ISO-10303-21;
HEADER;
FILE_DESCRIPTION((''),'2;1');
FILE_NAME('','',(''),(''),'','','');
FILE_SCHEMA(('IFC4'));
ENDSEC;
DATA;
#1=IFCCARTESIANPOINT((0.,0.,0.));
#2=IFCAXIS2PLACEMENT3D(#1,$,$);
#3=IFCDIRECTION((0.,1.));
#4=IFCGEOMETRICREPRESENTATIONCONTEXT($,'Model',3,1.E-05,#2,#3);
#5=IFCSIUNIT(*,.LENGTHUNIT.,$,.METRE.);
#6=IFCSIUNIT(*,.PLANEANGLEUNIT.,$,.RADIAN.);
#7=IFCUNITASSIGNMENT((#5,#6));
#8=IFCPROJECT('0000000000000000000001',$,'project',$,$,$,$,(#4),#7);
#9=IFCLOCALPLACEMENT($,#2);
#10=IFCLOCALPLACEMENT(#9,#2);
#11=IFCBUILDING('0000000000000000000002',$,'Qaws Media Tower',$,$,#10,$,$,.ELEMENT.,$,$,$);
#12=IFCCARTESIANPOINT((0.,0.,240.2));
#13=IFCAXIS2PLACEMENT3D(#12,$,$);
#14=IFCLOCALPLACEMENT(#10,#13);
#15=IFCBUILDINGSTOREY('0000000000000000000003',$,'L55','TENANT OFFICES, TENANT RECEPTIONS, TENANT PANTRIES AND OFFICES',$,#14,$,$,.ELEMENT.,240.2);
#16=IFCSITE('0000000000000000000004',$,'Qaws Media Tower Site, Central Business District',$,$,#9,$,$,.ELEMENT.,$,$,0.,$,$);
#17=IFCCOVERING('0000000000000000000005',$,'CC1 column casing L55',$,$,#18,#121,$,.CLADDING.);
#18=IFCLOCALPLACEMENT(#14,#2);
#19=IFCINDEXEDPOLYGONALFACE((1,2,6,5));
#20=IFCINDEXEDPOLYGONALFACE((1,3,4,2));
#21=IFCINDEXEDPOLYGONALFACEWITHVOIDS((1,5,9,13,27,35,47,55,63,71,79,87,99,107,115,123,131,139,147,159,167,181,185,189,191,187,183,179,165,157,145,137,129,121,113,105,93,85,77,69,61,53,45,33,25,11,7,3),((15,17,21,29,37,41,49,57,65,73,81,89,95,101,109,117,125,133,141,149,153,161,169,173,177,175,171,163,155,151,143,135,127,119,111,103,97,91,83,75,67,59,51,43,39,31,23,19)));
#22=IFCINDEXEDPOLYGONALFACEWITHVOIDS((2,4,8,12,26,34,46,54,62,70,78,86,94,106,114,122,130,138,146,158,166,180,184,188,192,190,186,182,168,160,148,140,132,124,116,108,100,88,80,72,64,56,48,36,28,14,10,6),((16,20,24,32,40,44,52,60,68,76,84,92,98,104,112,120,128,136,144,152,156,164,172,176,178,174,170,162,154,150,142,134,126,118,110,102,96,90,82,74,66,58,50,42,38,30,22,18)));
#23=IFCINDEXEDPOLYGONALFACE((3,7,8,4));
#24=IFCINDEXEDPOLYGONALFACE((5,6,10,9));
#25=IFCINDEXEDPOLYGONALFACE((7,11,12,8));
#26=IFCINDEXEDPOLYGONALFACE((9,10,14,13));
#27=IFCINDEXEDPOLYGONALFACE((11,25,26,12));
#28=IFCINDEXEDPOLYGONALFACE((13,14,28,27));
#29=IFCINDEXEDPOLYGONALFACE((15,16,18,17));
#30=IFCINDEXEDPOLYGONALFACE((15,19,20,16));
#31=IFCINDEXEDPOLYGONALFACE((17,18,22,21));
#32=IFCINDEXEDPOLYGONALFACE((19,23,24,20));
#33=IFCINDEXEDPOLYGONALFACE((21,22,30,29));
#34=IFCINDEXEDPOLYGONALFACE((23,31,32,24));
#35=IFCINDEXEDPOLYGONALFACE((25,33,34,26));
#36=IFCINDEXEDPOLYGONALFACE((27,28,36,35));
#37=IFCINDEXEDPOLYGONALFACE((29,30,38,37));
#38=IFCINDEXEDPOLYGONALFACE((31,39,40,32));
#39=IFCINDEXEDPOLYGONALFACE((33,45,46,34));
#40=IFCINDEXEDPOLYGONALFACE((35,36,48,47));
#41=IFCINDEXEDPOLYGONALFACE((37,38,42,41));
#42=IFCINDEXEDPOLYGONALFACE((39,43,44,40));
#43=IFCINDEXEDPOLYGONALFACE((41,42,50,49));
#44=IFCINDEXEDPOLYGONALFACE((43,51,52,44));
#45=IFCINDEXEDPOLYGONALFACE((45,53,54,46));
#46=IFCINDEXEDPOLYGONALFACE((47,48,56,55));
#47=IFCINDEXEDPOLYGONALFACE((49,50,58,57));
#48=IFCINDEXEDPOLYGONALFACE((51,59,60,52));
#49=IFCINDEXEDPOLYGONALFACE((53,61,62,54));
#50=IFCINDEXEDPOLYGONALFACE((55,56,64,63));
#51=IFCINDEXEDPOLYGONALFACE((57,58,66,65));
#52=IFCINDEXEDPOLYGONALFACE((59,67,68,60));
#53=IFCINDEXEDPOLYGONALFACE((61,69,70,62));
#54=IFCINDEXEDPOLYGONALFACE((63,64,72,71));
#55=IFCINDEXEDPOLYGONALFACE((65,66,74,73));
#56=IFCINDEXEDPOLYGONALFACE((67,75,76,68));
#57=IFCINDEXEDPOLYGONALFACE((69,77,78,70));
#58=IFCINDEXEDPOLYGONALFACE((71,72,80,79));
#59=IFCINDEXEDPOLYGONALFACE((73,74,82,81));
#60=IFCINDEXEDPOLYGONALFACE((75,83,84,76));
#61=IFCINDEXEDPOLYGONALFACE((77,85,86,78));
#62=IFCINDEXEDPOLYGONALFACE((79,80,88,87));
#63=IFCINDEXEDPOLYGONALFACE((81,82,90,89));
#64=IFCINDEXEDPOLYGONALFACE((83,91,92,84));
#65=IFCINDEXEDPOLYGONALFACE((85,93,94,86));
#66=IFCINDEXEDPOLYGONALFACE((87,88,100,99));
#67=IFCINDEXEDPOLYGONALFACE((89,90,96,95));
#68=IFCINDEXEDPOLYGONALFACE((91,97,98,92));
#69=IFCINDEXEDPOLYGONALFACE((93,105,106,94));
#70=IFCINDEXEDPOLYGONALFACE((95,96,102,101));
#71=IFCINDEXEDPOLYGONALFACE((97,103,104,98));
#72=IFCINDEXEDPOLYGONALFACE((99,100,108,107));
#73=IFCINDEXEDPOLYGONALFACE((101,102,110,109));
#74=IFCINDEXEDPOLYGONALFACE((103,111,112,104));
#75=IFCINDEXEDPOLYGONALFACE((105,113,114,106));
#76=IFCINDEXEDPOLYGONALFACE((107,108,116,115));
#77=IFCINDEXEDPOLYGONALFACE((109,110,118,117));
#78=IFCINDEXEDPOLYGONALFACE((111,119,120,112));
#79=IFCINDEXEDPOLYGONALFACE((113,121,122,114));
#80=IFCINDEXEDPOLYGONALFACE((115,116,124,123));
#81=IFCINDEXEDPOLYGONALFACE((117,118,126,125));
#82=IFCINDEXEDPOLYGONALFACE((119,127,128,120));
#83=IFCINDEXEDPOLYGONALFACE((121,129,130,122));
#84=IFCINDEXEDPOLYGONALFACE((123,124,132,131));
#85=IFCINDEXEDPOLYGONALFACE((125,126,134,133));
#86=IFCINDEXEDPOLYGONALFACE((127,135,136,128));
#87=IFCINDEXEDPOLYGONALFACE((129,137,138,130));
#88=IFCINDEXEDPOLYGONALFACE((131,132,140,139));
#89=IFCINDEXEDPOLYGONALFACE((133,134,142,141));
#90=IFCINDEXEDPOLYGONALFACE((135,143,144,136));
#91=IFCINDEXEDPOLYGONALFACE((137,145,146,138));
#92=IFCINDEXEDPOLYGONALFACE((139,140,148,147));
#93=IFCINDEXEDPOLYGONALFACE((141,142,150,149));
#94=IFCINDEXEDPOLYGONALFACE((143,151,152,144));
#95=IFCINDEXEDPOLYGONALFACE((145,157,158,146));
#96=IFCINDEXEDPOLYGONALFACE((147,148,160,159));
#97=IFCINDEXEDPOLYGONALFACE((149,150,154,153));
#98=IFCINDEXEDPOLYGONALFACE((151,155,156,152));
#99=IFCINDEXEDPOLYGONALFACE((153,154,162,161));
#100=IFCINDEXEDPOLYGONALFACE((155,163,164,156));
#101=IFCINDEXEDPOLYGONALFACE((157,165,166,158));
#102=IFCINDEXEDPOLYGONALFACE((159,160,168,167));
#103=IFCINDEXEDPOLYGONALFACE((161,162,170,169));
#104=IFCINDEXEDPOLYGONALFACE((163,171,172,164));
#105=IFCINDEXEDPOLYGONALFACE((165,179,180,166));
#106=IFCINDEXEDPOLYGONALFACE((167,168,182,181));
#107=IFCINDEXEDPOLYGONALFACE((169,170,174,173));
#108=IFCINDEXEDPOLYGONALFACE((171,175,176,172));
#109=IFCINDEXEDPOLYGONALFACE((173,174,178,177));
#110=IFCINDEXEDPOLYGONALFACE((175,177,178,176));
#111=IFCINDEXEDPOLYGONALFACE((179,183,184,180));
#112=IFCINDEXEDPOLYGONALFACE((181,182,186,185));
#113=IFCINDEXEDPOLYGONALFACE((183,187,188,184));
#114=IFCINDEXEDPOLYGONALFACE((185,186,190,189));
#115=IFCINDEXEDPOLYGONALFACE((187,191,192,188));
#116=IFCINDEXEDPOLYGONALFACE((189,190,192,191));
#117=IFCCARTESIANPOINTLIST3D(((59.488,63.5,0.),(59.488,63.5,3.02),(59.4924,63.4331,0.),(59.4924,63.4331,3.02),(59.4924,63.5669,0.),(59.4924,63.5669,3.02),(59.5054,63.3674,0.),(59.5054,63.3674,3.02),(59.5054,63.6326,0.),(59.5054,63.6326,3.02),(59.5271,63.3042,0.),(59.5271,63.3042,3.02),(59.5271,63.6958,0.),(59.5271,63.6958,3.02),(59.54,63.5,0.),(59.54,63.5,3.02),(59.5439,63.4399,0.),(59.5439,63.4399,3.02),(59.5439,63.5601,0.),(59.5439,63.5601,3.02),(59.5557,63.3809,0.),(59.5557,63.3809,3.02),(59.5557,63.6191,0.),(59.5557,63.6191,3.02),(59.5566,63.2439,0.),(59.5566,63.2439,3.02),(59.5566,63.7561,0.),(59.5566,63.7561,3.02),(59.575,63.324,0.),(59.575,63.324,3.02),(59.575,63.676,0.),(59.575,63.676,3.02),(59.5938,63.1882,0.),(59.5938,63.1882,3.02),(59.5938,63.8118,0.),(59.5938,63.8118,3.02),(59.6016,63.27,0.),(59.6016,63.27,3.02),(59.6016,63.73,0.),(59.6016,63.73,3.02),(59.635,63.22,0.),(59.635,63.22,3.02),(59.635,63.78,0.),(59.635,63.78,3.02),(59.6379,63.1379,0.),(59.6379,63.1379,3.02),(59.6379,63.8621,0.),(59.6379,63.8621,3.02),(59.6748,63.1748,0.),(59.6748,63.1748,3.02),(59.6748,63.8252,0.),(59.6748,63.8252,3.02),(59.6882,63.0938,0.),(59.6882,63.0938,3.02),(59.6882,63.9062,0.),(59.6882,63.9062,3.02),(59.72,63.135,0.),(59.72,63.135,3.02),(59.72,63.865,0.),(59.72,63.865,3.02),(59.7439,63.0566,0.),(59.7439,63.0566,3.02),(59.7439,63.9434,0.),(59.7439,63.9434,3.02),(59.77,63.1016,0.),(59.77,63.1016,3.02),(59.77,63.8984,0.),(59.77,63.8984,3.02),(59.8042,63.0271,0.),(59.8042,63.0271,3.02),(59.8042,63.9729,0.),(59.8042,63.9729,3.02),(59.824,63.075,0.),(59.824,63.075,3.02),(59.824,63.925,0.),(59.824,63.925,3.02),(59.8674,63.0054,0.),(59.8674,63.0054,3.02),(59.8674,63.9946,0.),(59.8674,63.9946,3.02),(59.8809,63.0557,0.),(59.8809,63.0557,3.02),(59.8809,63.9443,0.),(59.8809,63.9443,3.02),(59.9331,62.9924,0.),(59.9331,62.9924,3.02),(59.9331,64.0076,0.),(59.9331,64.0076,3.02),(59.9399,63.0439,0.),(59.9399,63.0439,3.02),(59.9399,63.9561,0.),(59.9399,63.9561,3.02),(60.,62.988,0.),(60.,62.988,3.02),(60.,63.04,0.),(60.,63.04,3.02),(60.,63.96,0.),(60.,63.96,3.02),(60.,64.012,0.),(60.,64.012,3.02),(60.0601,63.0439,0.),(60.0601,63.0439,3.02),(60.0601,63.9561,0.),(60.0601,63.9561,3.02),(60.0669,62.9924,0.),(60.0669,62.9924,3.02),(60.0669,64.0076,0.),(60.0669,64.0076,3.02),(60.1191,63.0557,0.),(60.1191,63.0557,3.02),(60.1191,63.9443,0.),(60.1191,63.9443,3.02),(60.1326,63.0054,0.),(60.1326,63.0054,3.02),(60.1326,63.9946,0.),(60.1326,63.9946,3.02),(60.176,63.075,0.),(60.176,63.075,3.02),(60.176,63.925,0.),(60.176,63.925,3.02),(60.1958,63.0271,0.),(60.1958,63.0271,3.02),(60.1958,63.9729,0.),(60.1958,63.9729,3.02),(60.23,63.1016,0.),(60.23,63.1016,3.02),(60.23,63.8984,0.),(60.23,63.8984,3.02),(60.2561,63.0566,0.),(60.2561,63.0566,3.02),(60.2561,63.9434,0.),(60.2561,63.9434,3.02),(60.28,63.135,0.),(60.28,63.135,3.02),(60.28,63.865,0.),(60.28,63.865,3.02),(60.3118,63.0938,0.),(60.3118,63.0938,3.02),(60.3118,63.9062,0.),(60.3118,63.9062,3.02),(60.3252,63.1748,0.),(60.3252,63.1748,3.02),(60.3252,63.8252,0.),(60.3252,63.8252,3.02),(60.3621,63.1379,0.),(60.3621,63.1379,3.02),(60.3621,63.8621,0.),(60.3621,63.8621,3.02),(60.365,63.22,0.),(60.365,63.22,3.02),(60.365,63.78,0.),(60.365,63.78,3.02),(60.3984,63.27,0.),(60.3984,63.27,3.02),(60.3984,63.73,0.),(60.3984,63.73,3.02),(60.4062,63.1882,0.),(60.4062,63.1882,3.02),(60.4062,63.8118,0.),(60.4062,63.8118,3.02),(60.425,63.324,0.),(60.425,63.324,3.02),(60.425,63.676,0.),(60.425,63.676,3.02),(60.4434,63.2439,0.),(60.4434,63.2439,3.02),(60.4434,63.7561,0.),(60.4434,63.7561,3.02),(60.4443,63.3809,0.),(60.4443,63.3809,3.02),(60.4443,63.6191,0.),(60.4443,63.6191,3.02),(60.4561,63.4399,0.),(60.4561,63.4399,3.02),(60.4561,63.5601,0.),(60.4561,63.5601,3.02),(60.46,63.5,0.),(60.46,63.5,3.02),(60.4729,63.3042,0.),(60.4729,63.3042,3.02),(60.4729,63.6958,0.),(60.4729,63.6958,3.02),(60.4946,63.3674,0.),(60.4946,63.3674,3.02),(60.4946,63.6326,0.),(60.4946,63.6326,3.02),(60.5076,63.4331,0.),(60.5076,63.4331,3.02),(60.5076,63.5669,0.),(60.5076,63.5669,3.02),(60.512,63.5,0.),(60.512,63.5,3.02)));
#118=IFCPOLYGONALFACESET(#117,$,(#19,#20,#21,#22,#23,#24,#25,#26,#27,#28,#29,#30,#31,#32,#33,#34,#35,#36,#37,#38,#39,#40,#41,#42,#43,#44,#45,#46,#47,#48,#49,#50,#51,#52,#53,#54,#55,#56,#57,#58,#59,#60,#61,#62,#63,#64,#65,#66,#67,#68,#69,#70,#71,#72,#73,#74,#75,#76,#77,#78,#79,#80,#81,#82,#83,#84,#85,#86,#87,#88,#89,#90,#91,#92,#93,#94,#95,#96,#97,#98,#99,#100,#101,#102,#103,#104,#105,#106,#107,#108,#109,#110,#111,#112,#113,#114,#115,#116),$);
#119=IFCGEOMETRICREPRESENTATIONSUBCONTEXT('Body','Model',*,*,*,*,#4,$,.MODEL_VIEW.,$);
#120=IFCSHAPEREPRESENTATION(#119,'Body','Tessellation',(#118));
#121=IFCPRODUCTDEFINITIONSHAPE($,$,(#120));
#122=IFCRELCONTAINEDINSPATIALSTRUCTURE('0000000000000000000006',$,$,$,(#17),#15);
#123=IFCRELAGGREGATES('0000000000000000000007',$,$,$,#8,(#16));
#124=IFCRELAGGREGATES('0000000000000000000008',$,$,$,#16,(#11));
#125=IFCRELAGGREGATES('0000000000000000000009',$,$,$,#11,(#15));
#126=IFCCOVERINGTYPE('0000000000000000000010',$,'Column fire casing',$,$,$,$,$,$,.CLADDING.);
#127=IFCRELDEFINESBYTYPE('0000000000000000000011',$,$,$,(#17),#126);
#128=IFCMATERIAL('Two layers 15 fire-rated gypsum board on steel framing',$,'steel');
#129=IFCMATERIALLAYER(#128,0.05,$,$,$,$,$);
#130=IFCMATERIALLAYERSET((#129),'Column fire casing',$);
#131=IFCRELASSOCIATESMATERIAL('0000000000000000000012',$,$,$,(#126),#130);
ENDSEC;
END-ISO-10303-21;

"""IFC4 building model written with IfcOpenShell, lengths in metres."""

from ifc_helpers import new_model, si_unit, direction, frame, origin, place, context, subcontext, project, spatial, polyline, outline, extrude, material, layer, layer_set, type_object, element, save


model = new_model("IFC4")

# Units and contexts
model_context = context("Model", 3, precision=1e-05, world=origin(), true_north=direction((0.0, 1.0)))
body_context = subcontext(model_context, "Body", "Model", "MODEL_VIEW")
ifc_project = project(units=[si_unit("LENGTHUNIT", "METRE"), si_unit("PLANEANGLEUNIT", "RADIAN")], contexts=[model_context])

# Site, building, storey
site_placement = place(None, origin())
site = spatial("IfcSite", under=ifc_project, at=site_placement, Name="Qaws Media Tower Site, Central Business District", CompositionType="ELEMENT", RefElevation=0.0)
building_placement = place(site_placement, origin())
building = spatial("IfcBuilding", under=site, at=building_placement, Name="Qaws Media Tower", CompositionType="ELEMENT")
storey_placement = place(building_placement, frame((0.0, 0.0, 240.2)))
storey = spatial("IfcBuildingStorey", under=building, at=storey_placement, Name="L55", Description="TENANT OFFICES, TENANT RECEPTIONS, TENANT PANTRIES AND OFFICES", CompositionType="ELEMENT", Elevation=240.2)

# Covering
ifc_material_1 = material(Name="Two layers 15 fire-rated gypsum board on steel framing", Category="steel")
ifc_layer_1 = layer(ifc_material_1, 0.05)
ifc_layer_set_1 = layer_set([ifc_layer_1], Name="Column fire casing")
covering_type = type_object("IfcCoveringType", Name="Column fire casing", PredefinedType="CLADDING", material=ifc_layer_set_1)
covering_1_placement = place(storey_placement, origin())
element("IfcCovering", 1, at=covering_1_placement, inside=storey, type_object=covering_type, Name="CC1 column casing L55", PredefinedType="CLADDING", context=body_context, shape_type="SweptSolid", body=[
    extrude(outline(polyline([(60.512, 63.5), (60.5076, 63.4331), (60.4946, 63.3674), (60.4729, 63.3042), (60.4434, 63.2439), (60.4062, 63.1882), (60.3621, 63.1379), (60.3118, 63.0938), (60.2561, 63.0566), (60.1958, 63.0271), (60.1326, 63.0054), (60.0669, 62.9924), (60.0, 62.988), (59.9331, 62.9924), (59.8674, 63.0054), (59.8042, 63.0271), (59.7439, 63.0566), (59.6882, 63.0938), (59.6379, 63.1379), (59.5938, 63.1882), (59.5566, 63.2439), (59.5271, 63.3042), (59.5054, 63.3674), (59.4924, 63.4331), (59.488, 63.5), (59.4924, 63.5669), (59.5054, 63.6326), (59.5271, 63.6958), (59.5566, 63.7561), (59.5938, 63.8118), (59.6379, 63.8621), (59.6882, 63.9062), (59.7439, 63.9434), (59.8042, 63.9729), (59.8674, 63.9946), (59.9331, 64.0076), (60.0, 64.012), (60.0669, 64.0076), (60.1326, 63.9946), (60.1958, 63.9729), (60.2561, 63.9434), (60.3118, 63.9062), (60.3621, 63.8621), (60.4062, 63.8118), (60.4434, 63.7561), (60.4729, 63.6958), (60.4946, 63.6326), (60.5076, 63.5669), (60.512, 63.5)]), holes=[polyline([(60.46, 63.5), (60.4561, 63.4399), (60.4443, 63.3809), (60.425, 63.324), (60.3984, 63.27), (60.365, 63.22), (60.3252, 63.1748), (60.28, 63.135), (60.23, 63.1016), (60.176, 63.075), (60.1191, 63.0557), (60.0601, 63.0439), (60.0, 63.04), (59.9399, 63.0439), (59.8809, 63.0557), (59.824, 63.075), (59.77, 63.1016), (59.72, 63.135), (59.6748, 63.1748), (59.635, 63.22), (59.6016, 63.27), (59.575, 63.324), (59.5557, 63.3809), (59.5439, 63.4399), (59.54, 63.5), (59.5439, 63.5601), (59.5557, 63.6191), (59.575, 63.676), (59.6016, 63.73), (59.635, 63.78), (59.6748, 63.8252), (59.72, 63.865), (59.77, 63.8984), (59.824, 63.925), (59.8809, 63.9443), (59.9399, 63.9561), (60.0, 63.96), (60.0601, 63.9561), (60.1191, 63.9443), (60.176, 63.925), (60.23, 63.8984), (60.28, 63.865), (60.3252, 63.8252), (60.365, 63.78), (60.3984, 63.73), (60.425, 63.676), (60.4443, 63.6191), (60.4561, 63.5601), (60.46, 63.5)])]), origin(), (0.0, 0.0, 1.0), 3.02),
])

save(model, "model.ifc")
